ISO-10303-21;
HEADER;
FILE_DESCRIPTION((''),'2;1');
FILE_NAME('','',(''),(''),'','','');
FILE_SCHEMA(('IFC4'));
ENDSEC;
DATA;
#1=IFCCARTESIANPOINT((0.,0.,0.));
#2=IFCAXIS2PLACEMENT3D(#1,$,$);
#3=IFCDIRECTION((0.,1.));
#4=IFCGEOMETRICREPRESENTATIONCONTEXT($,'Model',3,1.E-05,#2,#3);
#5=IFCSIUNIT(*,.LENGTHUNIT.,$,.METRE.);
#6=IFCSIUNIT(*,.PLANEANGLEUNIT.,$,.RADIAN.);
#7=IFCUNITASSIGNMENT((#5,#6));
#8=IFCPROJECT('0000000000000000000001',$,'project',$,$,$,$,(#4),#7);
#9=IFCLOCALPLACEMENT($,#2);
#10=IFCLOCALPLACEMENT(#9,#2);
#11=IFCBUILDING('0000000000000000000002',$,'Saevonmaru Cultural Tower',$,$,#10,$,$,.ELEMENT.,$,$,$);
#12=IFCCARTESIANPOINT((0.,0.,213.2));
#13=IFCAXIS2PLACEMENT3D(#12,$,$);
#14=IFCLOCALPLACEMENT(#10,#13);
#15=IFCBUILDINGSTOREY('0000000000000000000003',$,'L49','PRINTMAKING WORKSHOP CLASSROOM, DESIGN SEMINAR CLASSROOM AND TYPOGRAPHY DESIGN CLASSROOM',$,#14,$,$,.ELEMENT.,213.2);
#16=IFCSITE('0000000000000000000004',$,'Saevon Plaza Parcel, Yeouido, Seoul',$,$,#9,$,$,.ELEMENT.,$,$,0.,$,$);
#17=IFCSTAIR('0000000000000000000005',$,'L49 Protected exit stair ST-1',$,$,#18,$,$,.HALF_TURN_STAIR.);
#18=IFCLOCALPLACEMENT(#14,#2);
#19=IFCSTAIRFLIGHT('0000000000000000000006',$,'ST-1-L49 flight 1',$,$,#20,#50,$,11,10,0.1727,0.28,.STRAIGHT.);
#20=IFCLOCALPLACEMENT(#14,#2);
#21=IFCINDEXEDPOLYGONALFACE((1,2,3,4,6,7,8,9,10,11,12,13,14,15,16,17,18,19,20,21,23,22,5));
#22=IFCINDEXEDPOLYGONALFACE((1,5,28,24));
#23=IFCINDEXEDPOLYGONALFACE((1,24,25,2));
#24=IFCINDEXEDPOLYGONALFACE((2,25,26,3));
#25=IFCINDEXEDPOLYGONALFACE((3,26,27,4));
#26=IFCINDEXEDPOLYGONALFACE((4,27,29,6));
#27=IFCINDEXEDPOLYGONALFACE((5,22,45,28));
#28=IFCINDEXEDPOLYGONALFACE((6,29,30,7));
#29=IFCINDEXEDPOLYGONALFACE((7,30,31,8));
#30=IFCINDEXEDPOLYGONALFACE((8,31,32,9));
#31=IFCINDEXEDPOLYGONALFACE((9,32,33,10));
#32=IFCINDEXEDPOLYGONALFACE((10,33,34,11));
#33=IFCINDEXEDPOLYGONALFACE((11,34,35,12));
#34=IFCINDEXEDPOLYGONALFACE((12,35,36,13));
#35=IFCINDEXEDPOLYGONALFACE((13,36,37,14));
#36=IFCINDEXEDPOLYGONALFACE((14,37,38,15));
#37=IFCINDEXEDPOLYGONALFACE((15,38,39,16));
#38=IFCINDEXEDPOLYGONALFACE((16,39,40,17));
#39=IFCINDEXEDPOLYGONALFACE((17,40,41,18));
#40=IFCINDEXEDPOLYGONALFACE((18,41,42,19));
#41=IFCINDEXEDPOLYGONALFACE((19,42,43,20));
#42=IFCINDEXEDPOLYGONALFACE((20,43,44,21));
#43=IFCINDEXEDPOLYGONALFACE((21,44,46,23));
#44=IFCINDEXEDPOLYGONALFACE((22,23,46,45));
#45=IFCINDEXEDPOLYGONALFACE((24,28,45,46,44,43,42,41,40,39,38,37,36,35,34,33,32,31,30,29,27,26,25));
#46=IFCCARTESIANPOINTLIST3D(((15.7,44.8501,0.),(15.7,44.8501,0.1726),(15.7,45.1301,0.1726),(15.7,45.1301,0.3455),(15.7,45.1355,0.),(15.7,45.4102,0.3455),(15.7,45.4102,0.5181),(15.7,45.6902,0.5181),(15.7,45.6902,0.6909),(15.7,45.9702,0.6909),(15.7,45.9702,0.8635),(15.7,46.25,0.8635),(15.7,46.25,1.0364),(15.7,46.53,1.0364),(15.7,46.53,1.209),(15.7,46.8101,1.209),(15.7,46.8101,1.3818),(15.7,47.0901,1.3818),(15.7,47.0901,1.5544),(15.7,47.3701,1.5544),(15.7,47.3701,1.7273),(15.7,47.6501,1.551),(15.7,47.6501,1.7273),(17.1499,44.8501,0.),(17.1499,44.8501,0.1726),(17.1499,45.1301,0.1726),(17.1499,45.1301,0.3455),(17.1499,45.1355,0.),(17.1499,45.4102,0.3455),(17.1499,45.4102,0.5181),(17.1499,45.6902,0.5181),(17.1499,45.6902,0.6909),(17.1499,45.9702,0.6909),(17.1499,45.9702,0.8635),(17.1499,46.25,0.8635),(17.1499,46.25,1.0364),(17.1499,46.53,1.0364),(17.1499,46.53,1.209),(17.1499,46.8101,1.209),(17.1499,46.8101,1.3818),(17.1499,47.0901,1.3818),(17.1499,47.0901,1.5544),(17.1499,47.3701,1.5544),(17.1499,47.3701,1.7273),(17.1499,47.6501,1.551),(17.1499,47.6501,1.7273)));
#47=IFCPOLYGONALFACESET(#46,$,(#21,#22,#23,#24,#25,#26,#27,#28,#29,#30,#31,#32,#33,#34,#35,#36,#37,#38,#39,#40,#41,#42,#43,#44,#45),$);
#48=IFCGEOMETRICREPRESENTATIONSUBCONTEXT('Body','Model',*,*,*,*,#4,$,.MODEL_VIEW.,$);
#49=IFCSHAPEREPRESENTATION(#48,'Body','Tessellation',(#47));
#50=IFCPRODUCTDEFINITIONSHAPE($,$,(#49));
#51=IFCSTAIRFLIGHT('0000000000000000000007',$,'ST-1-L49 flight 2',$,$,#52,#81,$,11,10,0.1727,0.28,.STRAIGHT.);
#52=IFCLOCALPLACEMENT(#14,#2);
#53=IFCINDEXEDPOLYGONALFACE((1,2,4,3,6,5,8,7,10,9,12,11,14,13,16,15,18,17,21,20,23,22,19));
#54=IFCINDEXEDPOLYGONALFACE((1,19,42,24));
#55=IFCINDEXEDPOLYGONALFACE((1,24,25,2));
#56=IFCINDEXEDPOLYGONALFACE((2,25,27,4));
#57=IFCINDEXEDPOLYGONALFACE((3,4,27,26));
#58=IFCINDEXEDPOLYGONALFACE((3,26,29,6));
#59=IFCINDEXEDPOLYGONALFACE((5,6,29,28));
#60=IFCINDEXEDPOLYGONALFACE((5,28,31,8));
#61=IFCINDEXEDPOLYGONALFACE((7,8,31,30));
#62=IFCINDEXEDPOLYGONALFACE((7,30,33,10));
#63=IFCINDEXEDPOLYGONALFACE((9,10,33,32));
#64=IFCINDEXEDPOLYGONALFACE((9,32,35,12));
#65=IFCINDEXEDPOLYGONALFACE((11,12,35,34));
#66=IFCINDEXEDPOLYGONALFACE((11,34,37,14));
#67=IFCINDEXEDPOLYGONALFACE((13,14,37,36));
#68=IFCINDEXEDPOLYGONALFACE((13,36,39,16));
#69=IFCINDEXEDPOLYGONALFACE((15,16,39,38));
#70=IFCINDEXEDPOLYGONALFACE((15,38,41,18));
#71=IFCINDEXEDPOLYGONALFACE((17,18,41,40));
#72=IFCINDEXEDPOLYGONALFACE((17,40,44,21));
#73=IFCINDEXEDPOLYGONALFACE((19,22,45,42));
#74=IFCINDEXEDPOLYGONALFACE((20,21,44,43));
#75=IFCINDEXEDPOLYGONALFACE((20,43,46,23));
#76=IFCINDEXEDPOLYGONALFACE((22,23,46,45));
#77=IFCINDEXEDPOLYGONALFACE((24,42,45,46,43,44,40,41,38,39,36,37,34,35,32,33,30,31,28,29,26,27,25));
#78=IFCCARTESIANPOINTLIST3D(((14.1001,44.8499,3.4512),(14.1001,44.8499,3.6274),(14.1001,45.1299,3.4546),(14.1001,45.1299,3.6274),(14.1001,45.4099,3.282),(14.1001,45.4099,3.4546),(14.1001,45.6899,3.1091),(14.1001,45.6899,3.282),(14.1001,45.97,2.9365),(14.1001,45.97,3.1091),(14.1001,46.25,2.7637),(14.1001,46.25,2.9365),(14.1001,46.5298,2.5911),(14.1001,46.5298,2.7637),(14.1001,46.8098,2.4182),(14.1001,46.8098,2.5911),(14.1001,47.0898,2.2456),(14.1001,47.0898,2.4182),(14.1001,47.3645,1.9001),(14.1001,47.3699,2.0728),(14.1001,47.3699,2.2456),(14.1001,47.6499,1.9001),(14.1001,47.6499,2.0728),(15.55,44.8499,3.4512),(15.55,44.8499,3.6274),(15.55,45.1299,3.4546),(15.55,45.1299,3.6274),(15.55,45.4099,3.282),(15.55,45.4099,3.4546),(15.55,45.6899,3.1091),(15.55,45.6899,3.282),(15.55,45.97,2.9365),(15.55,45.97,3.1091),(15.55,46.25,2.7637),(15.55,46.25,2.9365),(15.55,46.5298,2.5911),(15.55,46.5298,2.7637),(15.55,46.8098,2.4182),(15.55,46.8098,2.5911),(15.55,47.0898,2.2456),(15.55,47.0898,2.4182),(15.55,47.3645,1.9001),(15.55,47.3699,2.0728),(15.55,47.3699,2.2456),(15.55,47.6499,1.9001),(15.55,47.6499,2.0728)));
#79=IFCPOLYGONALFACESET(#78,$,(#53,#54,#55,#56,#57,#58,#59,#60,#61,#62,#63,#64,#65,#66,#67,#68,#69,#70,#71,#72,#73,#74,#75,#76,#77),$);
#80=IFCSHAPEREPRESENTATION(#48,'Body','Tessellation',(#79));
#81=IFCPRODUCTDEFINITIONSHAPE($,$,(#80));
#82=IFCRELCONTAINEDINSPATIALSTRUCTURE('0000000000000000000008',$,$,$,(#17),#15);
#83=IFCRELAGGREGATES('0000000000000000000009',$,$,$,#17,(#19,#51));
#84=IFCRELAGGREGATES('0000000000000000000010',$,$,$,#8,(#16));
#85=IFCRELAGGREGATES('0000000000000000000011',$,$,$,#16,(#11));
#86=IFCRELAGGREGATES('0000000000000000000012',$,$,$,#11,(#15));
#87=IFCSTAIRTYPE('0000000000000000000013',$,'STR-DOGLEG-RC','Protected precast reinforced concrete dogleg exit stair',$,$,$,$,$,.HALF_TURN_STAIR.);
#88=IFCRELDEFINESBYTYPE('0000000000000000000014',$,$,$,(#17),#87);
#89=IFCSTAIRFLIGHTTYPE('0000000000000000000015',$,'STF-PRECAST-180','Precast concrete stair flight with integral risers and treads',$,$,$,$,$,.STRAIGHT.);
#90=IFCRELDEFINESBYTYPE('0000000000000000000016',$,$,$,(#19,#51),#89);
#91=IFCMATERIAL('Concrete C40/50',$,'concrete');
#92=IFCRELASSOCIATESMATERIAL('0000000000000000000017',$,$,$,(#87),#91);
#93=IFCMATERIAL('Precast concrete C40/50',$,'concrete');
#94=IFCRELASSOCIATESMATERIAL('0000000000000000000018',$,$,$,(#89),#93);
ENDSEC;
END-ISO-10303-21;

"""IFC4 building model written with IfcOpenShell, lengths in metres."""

from ifc_helpers import new_model, si_unit, direction, frame, origin, place, context, subcontext, project, spatial, polyline, outline, extrude, material, type_object, element, aggregate, save


model = new_model("IFC4")

# Units and contexts
model_context = context("Model", 3, precision=1e-05, world=origin(), true_north=direction((0.0, 1.0)))
body_context = subcontext(model_context, "Body", "Model", "MODEL_VIEW")
ifc_project = project(units=[si_unit("LENGTHUNIT", "METRE"), si_unit("PLANEANGLEUNIT", "RADIAN")], contexts=[model_context])

# Site, building, storey
site_placement = place(None, origin())
site = spatial("IfcSite", under=ifc_project, at=site_placement, Name="Saevon Plaza Parcel, Yeouido, Seoul", CompositionType="ELEMENT", RefElevation=0.0)
building_placement = place(site_placement, origin())
building = spatial("IfcBuilding", under=site, at=building_placement, Name="Saevonmaru Cultural Tower", CompositionType="ELEMENT")
storey_placement = place(building_placement, frame((0.0, 0.0, 213.2)))
storey = spatial("IfcBuildingStorey", under=building, at=storey_placement, Name="L49", Description="PRINTMAKING WORKSHOP CLASSROOM, DESIGN SEMINAR CLASSROOM AND TYPOGRAPHY DESIGN CLASSROOM", CompositionType="ELEMENT", Elevation=213.2)

# Shared definitions
ifc_material_1 = material(Name="Concrete C40/50", Category="concrete")

# Stair, stair flights
stair_type = type_object("IfcStairType", Name="STR-DOGLEG-RC", Description="Protected precast reinforced concrete dogleg exit stair", PredefinedType="HALF_TURN_STAIR", material=ifc_material_1)
stair_placement = place(storey_placement, origin())
stair = element("IfcStair", 1, at=stair_placement, inside=storey, type_object=stair_type, Name="L49 Protected exit stair ST-1", PredefinedType="HALF_TURN_STAIR")
ifc_material_2 = material(Name="Precast concrete C40/50", Category="concrete")
stair_flight_type = type_object("IfcStairFlightType", Name="STF-PRECAST-180", Description="Precast concrete stair flight with integral risers and treads", PredefinedType="STRAIGHT", material=ifc_material_2)
stair_flight_1_placement = place(storey_placement, frame((16.425, 44.8501, 0.0), z_axis=(0.0, 0.0, 1.0), x_axis=(0.0, 1.0, 0.0)))
stair_flight_1 = element("IfcStairFlight", 2, at=stair_flight_1_placement, type_object=stair_flight_type, Name="ST-1-L49 flight 1", NumberOfRisers=11, NumberOfTreads=10, PredefinedType="STRAIGHT", RiserHeight=0.1727, TreadLength=0.28, context=body_context, shape_type="SweptSolid", body=[
    extrude(outline(polyline([(0.0, 0.0), (0.0, 0.1726), (0.28, 0.1726), (0.28, 0.3455), (0.5601, 0.3455), (0.5601, 0.5181), (0.8401, 0.5181), (0.8401, 0.6909), (1.1201, 0.6909), (1.1201, 0.8635), (1.3999, 0.8635), (1.3999, 1.0364), (1.6799, 1.0364), (1.6799, 1.209), (1.96, 1.209), (1.96, 1.3818), (2.24, 1.3818), (2.24, 1.5544), (2.52, 1.5544), (2.52, 1.7273), (2.8, 1.7273), (2.8, 1.8999), (2.8, 1.551), (0.2854, 0.0), (0.0, 0.0)])), frame((0.0, 0.7251, 0.0), z_axis=(0.0, -1.0, 0.0), x_axis=(1.0, 0.0, 0.0)), (0.0, 0.0, 1.0), 1.45),
])
stair_flight_2_placement = place(storey_placement, frame((14.825, 47.6499, 1.9001), z_axis=(0.0, 0.0, 1.0), x_axis=(0.0, -1.0, 0.0)))
stair_flight_2 = element("IfcStairFlight", 3, at=stair_flight_2_placement, type_object=stair_flight_type, Name="ST-1-L49 flight 2", NumberOfRisers=11, NumberOfTreads=10, PredefinedType="STRAIGHT", RiserHeight=0.1727, TreadLength=0.28, context=body_context, shape_type="SweptSolid", body=[
    extrude(outline(polyline([(0.0, 0.0), (0.0, 0.1726), (0.28, 0.1726), (0.28, 0.3455), (0.5601, 0.3455), (0.5601, 0.5181), (0.8401, 0.5181), (0.8401, 0.6909), (1.1201, 0.6909), (1.1201, 0.8635), (1.3999, 0.8635), (1.3999, 1.0364), (1.6799, 1.0364), (1.6799, 1.209), (1.96, 1.209), (1.96, 1.3818), (2.24, 1.3818), (2.24, 1.5544), (2.52, 1.5544), (2.52, 1.7273), (2.8, 1.7273), (2.8, 1.8999), (2.8, 1.551), (0.2854, 0.0), (0.0, 0.0)])), frame((0.0, 0.7251, 0.0), z_axis=(0.0, -1.0, 0.0), x_axis=(1.0, 0.0, 0.0)), (0.0, 0.0, 1.0), 1.45),
])
aggregate(stair, [stair_flight_1, stair_flight_2])

save(model, "model.ifc")
